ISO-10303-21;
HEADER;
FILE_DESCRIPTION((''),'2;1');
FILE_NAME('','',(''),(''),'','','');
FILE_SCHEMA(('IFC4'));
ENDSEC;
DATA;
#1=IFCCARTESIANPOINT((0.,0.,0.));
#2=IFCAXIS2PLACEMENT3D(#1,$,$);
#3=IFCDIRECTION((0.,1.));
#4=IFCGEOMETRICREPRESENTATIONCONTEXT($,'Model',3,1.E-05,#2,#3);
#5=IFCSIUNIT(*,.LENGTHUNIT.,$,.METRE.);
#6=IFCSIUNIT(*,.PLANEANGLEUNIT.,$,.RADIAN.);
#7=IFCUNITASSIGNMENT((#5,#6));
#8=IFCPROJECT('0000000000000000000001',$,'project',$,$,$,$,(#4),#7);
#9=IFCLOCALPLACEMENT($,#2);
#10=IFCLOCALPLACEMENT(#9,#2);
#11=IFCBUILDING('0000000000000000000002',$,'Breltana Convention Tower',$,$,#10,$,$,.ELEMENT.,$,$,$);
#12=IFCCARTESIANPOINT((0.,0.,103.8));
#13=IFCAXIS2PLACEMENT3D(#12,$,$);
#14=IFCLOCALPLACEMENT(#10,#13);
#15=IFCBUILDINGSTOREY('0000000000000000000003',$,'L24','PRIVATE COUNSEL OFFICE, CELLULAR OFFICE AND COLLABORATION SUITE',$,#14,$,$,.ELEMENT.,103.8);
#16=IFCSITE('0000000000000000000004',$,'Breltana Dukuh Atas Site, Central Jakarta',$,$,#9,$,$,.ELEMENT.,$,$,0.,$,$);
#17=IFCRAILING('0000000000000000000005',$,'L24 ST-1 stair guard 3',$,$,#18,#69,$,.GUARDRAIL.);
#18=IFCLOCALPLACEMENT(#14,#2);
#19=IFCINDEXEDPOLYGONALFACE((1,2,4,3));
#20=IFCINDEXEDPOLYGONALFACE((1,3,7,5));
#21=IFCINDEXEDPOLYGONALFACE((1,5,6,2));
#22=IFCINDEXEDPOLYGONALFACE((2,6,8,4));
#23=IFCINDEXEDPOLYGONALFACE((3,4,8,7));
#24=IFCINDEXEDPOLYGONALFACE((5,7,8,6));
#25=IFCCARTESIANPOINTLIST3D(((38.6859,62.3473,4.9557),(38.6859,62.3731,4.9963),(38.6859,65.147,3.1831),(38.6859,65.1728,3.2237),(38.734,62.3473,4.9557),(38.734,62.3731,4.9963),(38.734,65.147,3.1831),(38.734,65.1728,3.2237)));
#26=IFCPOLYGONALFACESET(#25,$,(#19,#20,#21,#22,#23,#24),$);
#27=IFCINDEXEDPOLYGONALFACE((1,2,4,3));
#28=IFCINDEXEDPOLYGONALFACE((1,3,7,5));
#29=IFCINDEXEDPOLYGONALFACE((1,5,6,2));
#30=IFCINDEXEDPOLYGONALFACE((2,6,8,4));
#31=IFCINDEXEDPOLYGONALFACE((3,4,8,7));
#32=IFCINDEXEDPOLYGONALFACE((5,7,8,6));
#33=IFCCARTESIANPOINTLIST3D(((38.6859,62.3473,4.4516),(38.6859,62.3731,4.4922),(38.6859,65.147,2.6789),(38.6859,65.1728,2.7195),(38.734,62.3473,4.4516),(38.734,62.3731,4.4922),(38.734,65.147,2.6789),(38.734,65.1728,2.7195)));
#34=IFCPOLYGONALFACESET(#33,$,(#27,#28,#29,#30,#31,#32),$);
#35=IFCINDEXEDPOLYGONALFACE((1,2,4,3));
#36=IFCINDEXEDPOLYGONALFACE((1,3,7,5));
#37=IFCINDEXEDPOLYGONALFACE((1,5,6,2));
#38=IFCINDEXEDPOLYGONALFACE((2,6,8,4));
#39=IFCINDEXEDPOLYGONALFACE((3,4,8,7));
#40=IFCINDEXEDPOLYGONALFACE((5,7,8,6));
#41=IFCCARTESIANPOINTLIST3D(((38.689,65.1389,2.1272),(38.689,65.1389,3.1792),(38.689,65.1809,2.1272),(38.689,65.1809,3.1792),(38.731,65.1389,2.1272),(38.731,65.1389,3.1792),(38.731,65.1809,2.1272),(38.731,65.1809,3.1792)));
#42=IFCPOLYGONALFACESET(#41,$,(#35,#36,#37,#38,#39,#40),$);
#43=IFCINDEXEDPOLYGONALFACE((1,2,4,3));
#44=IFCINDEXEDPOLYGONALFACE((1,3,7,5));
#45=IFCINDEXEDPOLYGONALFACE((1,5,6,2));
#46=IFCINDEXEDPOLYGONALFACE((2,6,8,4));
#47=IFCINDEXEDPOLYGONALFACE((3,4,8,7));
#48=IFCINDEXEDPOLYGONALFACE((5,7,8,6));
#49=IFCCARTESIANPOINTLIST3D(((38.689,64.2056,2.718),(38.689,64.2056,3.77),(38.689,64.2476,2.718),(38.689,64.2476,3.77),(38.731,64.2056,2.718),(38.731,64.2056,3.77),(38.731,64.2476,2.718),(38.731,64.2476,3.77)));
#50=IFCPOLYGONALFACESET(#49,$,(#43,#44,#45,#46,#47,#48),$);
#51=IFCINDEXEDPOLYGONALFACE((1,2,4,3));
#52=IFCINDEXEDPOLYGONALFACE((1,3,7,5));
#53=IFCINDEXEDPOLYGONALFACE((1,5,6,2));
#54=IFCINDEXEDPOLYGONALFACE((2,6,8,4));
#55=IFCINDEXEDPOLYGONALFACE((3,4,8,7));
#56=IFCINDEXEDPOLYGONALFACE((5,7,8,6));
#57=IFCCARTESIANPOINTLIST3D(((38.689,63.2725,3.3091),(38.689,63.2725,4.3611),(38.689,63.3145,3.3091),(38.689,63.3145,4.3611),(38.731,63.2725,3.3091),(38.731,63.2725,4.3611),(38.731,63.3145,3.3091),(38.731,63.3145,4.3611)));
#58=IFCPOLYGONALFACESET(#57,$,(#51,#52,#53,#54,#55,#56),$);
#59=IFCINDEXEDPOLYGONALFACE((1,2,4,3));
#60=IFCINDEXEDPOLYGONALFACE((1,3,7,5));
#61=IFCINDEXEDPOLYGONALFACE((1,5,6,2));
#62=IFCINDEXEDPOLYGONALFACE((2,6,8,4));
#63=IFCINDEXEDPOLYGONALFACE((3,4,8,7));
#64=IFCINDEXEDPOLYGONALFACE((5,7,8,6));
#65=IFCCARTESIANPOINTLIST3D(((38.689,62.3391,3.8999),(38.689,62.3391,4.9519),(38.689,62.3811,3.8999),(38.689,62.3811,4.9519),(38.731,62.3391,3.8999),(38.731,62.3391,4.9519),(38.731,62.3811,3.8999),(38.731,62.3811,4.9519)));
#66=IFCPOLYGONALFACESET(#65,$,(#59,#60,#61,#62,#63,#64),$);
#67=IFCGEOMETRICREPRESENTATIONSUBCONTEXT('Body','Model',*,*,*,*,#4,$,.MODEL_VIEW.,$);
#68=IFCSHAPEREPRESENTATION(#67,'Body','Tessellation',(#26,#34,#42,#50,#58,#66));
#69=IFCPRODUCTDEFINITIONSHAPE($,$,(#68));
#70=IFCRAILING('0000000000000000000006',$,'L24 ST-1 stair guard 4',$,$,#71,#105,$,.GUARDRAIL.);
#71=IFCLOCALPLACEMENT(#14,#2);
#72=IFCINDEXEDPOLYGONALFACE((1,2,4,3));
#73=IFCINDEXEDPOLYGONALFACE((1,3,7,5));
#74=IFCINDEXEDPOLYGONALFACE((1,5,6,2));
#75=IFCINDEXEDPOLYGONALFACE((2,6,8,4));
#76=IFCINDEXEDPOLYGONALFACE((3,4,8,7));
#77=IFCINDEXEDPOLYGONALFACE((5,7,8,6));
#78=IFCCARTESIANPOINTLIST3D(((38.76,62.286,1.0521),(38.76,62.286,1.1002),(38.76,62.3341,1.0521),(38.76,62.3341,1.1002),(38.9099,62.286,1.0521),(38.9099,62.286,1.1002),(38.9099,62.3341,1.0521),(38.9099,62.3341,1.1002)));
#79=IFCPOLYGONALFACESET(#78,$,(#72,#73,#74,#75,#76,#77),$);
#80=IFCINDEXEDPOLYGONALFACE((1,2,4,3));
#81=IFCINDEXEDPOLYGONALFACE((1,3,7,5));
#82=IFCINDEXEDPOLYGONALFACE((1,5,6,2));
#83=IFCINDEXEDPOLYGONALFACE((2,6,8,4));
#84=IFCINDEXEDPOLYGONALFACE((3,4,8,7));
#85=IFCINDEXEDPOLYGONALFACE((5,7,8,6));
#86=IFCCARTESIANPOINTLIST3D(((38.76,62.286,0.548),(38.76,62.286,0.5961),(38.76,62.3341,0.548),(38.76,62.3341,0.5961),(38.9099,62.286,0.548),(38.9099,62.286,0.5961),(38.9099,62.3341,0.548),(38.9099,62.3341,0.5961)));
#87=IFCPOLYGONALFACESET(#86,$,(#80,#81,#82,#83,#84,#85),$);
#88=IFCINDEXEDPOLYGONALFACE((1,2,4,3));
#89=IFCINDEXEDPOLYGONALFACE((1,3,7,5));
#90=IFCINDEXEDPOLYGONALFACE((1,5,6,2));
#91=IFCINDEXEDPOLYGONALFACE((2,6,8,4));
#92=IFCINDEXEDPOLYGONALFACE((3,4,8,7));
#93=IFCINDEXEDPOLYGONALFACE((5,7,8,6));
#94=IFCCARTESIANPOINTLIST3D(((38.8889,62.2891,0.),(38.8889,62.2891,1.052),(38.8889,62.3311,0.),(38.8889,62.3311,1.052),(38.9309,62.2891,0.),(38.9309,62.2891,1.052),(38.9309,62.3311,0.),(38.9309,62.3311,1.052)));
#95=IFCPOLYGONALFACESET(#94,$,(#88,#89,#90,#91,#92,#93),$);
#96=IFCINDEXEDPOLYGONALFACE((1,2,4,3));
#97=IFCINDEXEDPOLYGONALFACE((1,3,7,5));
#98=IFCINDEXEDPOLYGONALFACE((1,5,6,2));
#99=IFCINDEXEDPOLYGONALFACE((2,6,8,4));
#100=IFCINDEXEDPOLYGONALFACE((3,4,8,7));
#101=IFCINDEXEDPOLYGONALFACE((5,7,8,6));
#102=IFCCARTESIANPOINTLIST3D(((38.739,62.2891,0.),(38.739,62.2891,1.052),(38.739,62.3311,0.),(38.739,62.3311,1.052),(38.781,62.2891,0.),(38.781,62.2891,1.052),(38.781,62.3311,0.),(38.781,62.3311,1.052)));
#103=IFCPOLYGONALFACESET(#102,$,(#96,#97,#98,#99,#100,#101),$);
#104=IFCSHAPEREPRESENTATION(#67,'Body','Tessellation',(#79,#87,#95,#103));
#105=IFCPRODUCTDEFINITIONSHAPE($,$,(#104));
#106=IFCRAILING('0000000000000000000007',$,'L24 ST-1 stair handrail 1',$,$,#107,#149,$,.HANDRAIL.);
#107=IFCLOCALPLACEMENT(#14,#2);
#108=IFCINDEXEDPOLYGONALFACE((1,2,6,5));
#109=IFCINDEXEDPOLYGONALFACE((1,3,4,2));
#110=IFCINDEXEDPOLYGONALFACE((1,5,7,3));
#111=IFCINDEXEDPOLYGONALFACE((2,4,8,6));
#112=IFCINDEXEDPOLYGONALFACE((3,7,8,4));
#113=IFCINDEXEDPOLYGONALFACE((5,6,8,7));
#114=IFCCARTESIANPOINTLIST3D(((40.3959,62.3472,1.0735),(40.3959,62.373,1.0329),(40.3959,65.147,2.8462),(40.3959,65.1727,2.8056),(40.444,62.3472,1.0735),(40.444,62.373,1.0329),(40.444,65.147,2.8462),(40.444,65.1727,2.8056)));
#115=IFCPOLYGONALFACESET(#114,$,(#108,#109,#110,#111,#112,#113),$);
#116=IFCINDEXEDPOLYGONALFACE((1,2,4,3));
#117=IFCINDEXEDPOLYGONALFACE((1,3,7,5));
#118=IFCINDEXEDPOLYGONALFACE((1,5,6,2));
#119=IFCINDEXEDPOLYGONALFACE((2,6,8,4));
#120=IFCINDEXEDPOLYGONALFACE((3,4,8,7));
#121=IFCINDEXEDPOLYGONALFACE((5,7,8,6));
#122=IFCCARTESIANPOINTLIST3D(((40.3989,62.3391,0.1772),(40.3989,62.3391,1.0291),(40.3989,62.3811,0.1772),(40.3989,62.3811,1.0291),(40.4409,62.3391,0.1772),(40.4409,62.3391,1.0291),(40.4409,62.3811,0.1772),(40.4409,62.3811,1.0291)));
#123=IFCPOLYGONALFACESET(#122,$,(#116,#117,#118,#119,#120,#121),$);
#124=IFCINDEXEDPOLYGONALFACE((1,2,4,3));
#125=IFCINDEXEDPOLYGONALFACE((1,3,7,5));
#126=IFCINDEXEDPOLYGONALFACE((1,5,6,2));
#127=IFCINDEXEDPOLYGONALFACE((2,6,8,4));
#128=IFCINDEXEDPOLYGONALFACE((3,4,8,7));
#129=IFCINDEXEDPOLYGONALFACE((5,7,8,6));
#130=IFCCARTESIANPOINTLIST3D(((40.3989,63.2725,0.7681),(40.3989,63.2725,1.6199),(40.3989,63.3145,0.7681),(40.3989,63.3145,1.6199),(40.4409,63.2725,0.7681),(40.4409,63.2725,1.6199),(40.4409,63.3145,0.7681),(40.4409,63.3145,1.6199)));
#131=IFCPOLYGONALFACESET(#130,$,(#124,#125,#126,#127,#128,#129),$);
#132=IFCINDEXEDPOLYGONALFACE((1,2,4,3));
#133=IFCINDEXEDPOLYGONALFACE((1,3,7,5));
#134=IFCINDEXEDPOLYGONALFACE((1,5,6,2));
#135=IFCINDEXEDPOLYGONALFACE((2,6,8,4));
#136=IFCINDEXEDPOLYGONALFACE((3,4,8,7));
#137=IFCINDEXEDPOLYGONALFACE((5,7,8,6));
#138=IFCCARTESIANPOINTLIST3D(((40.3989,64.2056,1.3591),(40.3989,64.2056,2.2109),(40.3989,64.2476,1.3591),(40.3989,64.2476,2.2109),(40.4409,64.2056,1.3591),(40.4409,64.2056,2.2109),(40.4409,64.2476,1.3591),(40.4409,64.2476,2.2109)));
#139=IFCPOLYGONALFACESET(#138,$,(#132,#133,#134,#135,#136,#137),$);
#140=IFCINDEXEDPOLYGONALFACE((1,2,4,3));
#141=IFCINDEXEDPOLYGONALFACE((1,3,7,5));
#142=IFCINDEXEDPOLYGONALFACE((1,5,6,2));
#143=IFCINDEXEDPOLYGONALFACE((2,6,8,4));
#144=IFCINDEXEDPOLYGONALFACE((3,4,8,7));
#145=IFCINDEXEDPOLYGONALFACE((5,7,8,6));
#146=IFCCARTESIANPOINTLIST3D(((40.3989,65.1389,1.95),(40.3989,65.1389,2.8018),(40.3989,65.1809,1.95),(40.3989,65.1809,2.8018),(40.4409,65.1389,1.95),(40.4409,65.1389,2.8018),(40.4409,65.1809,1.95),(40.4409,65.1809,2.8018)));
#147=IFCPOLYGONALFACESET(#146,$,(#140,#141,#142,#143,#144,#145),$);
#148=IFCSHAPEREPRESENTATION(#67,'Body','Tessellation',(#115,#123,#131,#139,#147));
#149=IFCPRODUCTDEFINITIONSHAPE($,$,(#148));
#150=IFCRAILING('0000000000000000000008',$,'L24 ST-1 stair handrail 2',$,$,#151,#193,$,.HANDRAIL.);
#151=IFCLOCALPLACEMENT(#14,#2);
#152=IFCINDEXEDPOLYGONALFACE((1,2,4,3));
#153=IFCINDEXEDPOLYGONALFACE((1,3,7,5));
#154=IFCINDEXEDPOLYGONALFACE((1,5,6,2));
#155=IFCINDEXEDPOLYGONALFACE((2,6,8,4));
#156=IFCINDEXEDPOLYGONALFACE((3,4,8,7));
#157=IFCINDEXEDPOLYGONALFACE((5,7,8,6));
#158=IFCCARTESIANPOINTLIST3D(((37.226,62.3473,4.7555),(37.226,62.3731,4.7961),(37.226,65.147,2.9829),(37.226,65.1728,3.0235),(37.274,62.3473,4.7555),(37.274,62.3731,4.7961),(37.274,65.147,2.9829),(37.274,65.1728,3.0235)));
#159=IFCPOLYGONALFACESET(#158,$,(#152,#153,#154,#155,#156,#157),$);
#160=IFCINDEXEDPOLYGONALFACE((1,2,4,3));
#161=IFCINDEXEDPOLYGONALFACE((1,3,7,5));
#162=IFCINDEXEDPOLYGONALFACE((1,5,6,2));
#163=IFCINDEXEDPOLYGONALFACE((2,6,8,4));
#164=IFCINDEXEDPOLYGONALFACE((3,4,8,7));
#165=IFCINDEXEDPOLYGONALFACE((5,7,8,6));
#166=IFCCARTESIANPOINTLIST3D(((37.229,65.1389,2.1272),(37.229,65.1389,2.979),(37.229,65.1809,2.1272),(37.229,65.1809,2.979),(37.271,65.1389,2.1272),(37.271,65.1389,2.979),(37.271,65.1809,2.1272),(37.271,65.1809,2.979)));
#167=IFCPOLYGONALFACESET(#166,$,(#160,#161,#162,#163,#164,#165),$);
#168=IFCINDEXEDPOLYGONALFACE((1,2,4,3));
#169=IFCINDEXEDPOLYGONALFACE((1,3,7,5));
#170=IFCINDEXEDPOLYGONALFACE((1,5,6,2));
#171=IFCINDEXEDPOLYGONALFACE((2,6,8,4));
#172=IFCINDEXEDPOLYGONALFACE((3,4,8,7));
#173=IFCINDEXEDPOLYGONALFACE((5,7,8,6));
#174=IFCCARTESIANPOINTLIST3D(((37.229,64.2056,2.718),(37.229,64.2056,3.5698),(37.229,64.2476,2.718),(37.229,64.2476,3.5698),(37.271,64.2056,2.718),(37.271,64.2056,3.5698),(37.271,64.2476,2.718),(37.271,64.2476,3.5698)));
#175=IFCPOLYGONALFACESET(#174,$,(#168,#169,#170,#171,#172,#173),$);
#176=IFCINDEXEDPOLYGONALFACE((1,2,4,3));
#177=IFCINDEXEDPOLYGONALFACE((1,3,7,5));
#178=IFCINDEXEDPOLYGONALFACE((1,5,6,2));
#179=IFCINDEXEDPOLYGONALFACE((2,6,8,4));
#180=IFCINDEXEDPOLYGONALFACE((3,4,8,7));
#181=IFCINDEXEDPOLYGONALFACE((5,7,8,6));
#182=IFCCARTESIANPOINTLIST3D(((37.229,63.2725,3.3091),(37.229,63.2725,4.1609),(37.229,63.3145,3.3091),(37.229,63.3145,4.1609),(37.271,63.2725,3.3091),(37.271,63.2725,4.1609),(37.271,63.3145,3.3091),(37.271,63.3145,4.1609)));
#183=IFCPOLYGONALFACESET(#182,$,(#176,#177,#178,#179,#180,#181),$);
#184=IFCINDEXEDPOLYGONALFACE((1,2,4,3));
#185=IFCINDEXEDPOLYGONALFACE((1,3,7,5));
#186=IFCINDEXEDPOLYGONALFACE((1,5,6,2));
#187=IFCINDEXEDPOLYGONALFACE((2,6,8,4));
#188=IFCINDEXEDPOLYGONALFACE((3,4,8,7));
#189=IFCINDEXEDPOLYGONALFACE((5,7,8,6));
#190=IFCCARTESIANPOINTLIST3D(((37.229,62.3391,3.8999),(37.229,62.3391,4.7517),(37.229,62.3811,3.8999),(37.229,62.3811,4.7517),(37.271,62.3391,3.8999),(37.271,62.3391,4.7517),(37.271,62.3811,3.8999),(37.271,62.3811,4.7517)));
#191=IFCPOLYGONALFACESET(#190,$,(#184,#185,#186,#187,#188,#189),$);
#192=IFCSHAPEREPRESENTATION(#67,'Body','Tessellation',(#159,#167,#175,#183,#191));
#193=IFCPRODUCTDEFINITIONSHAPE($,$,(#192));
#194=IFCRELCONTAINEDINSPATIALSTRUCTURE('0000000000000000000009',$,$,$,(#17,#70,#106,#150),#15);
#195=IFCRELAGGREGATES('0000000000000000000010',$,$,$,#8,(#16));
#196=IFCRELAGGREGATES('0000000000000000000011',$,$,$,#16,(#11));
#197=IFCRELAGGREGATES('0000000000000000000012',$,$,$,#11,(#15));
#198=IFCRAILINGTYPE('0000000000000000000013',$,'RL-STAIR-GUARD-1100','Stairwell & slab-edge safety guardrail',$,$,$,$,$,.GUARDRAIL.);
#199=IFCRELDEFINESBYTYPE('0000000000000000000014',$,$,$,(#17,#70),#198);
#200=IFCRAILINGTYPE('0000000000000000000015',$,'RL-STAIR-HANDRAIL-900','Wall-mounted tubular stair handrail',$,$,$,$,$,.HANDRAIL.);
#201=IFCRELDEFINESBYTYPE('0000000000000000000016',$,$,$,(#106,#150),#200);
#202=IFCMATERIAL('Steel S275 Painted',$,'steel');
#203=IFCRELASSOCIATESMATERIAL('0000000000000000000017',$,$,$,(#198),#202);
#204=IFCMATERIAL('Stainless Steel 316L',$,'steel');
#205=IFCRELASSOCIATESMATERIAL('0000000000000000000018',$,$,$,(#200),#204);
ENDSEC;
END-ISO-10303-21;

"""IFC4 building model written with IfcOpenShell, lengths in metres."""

from ifc_helpers import new_model, si_unit, direction, frame, origin, origin_2d, place, context, subcontext, project, spatial, rectangle, extrude, material, type_object, element, save


model = new_model("IFC4")

# Units and contexts
model_context = context("Model", 3, precision=1e-05, world=origin(), true_north=direction((0.0, 1.0)))
body_context = subcontext(model_context, "Body", "Model", "MODEL_VIEW")
ifc_project = project(units=[si_unit("LENGTHUNIT", "METRE"), si_unit("PLANEANGLEUNIT", "RADIAN")], contexts=[model_context])

# Site, building, storey
site_placement = place(None, origin())
site = spatial("IfcSite", under=ifc_project, at=site_placement, Name="Breltana Dukuh Atas Site, Central Jakarta", CompositionType="ELEMENT", RefElevation=0.0)
building_placement = place(site_placement, origin())
building = spatial("IfcBuilding", under=site, at=building_placement, Name="Breltana Convention Tower", CompositionType="ELEMENT")
storey_placement = place(building_placement, frame((0.0, 0.0, 103.8)))
storey = spatial("IfcBuildingStorey", under=building, at=storey_placement, Name="L24", Description="PRIVATE COUNSEL OFFICE, CELLULAR OFFICE AND COLLABORATION SUITE", CompositionType="ELEMENT", Elevation=103.8)

# Railings
ifc_material_1 = material(Name="Steel S275 Painted", Category="steel")
railing_type_1 = type_object("IfcRailingType", Name="RL-STAIR-GUARD-1100", Description="Stairwell & slab-edge safety guardrail", PredefinedType="GUARDRAIL", material=ifc_material_1)
railing_1_placement = place(storey_placement, frame((38.71, 65.1599, 2.1272)))
element("IfcRailing", 1, at=railing_1_placement, inside=storey, type_object=railing_type_1, Name="L24 ST-1 stair guard 3", PredefinedType="GUARDRAIL", context=body_context, shape_type="SweptSolid", body=[
    extrude(rectangle(XDim=0.0481, YDim=0.0481, at=origin_2d()), frame((0.0, 0.0, 1.0762), z_axis=(0.0, -0.844888, 0.534943), x_axis=(1.0, 0.0, 0.0)), (0.0, 0.0, 1.0), 3.3137),
    extrude(rectangle(XDim=0.0481, YDim=0.0481, at=origin_2d()), frame((0.0, 0.0, 0.572), z_axis=(0.0, -0.844888, 0.534943), x_axis=(1.0, 0.0, 0.0)), (0.0, 0.0, 1.0), 3.3137),
    extrude(rectangle(XDim=0.042, YDim=0.042, at=origin_2d()), origin(), (0.0, 0.0, 1.0), 1.052),
    extrude(rectangle(XDim=0.042, YDim=0.042, at=origin_2d()), frame((0.0, -0.9333, 0.5908)), (0.0, 0.0, 1.0), 1.052),
    extrude(rectangle(XDim=0.042, YDim=0.042, at=origin_2d()), frame((0.0, -1.8665, 1.1819)), (0.0, 0.0, 1.0), 1.052),
    extrude(rectangle(XDim=0.042, YDim=0.042, at=origin_2d()), frame((0.0, -2.7998, 1.7727)), (0.0, 0.0, 1.0), 1.052),
])
railing_2_placement = place(storey_placement, frame((38.9099, 62.3101, 0.0)))
element("IfcRailing", 2, at=railing_2_placement, inside=storey, type_object=railing_type_1, Name="L24 ST-1 stair guard 4", PredefinedType="GUARDRAIL", context=body_context, shape_type="SweptSolid", body=[
    extrude(rectangle(XDim=0.0481, YDim=0.0481, at=origin_2d()), frame((0.0, 0.0, 1.0762), z_axis=(-1.0, 0.0, 0.0), x_axis=(0.0, -1.0, 0.0)), (0.0, 0.0, 1.0), 0.1499),
    extrude(rectangle(XDim=0.0481, YDim=0.0481, at=origin_2d()), frame((0.0, 0.0, 0.572), z_axis=(-1.0, 0.0, 0.0), x_axis=(0.0, -1.0, 0.0)), (0.0, 0.0, 1.0), 0.1499),
    extrude(rectangle(XDim=0.042, YDim=0.042, at=origin_2d()), origin(), (0.0, 0.0, 1.0), 1.052),
    extrude(rectangle(XDim=0.042, YDim=0.042, at=origin_2d()), frame((-0.1499, 0.0, 0.0)), (0.0, 0.0, 1.0), 1.052),
])
ifc_material_2 = material(Name="Stainless Steel 316L", Category="steel")
railing_type_2 = type_object("IfcRailingType", Name="RL-STAIR-HANDRAIL-900", Description="Wall-mounted tubular stair handrail", PredefinedType="HANDRAIL", material=ifc_material_2)
railing_3_placement = place(storey_placement, frame((40.4199, 62.3601, 0.1772)))
element("IfcRailing", 3, at=railing_3_placement, inside=storey, type_object=railing_type_2, Name="L24 ST-1 stair handrail 1", PredefinedType="HANDRAIL", context=body_context, shape_type="SweptSolid", body=[
    extrude(rectangle(XDim=0.0481, YDim=0.0481, at=origin_2d()), frame((0.0, 0.0, 0.876), z_axis=(0.0, 0.844888, 0.534943), x_axis=(-1.0, 0.0, 0.0)), (0.0, 0.0, 1.0), 3.3137),
    extrude(rectangle(XDim=0.042, YDim=0.042, at=origin_2d()), origin(), (0.0, 0.0, 1.0), 0.8518),
    extrude(rectangle(XDim=0.042, YDim=0.042, at=origin_2d()), frame((0.0, 0.9333, 0.5908)), (0.0, 0.0, 1.0), 0.8518),
    extrude(rectangle(XDim=0.042, YDim=0.042, at=origin_2d()), frame((0.0, 1.8665, 1.1819)), (0.0, 0.0, 1.0), 0.8518),
    extrude(rectangle(XDim=0.042, YDim=0.042, at=origin_2d()), frame((0.0, 2.7998, 1.7727)), (0.0, 0.0, 1.0), 0.8518),
])
railing_4_placement = place(storey_placement, frame((37.25, 65.1599, 2.1272)))
element("IfcRailing", 4, at=railing_4_placement, inside=storey, type_object=railing_type_2, Name="L24 ST-1 stair handrail 2", PredefinedType="HANDRAIL", context=body_context, shape_type="SweptSolid", body=[
    extrude(rectangle(XDim=0.0481, YDim=0.0481, at=origin_2d()), frame((0.0, 0.0, 0.876), z_axis=(0.0, -0.844888, 0.534943), x_axis=(1.0, 0.0, 0.0)), (0.0, 0.0, 1.0), 3.3137),
    extrude(rectangle(XDim=0.042, YDim=0.042, at=origin_2d()), origin(), (0.0, 0.0, 1.0), 0.8518),
    extrude(rectangle(XDim=0.042, YDim=0.042, at=origin_2d()), frame((0.0, -0.9333, 0.5908)), (0.0, 0.0, 1.0), 0.8518),
    extrude(rectangle(XDim=0.042, YDim=0.042, at=origin_2d()), frame((0.0, -1.8665, 1.1819)), (0.0, 0.0, 1.0), 0.8518),
    extrude(rectangle(XDim=0.042, YDim=0.042, at=origin_2d()), frame((0.0, -2.7998, 1.7727)), (0.0, 0.0, 1.0), 0.8518),
])

save(model, "model.ifc")
